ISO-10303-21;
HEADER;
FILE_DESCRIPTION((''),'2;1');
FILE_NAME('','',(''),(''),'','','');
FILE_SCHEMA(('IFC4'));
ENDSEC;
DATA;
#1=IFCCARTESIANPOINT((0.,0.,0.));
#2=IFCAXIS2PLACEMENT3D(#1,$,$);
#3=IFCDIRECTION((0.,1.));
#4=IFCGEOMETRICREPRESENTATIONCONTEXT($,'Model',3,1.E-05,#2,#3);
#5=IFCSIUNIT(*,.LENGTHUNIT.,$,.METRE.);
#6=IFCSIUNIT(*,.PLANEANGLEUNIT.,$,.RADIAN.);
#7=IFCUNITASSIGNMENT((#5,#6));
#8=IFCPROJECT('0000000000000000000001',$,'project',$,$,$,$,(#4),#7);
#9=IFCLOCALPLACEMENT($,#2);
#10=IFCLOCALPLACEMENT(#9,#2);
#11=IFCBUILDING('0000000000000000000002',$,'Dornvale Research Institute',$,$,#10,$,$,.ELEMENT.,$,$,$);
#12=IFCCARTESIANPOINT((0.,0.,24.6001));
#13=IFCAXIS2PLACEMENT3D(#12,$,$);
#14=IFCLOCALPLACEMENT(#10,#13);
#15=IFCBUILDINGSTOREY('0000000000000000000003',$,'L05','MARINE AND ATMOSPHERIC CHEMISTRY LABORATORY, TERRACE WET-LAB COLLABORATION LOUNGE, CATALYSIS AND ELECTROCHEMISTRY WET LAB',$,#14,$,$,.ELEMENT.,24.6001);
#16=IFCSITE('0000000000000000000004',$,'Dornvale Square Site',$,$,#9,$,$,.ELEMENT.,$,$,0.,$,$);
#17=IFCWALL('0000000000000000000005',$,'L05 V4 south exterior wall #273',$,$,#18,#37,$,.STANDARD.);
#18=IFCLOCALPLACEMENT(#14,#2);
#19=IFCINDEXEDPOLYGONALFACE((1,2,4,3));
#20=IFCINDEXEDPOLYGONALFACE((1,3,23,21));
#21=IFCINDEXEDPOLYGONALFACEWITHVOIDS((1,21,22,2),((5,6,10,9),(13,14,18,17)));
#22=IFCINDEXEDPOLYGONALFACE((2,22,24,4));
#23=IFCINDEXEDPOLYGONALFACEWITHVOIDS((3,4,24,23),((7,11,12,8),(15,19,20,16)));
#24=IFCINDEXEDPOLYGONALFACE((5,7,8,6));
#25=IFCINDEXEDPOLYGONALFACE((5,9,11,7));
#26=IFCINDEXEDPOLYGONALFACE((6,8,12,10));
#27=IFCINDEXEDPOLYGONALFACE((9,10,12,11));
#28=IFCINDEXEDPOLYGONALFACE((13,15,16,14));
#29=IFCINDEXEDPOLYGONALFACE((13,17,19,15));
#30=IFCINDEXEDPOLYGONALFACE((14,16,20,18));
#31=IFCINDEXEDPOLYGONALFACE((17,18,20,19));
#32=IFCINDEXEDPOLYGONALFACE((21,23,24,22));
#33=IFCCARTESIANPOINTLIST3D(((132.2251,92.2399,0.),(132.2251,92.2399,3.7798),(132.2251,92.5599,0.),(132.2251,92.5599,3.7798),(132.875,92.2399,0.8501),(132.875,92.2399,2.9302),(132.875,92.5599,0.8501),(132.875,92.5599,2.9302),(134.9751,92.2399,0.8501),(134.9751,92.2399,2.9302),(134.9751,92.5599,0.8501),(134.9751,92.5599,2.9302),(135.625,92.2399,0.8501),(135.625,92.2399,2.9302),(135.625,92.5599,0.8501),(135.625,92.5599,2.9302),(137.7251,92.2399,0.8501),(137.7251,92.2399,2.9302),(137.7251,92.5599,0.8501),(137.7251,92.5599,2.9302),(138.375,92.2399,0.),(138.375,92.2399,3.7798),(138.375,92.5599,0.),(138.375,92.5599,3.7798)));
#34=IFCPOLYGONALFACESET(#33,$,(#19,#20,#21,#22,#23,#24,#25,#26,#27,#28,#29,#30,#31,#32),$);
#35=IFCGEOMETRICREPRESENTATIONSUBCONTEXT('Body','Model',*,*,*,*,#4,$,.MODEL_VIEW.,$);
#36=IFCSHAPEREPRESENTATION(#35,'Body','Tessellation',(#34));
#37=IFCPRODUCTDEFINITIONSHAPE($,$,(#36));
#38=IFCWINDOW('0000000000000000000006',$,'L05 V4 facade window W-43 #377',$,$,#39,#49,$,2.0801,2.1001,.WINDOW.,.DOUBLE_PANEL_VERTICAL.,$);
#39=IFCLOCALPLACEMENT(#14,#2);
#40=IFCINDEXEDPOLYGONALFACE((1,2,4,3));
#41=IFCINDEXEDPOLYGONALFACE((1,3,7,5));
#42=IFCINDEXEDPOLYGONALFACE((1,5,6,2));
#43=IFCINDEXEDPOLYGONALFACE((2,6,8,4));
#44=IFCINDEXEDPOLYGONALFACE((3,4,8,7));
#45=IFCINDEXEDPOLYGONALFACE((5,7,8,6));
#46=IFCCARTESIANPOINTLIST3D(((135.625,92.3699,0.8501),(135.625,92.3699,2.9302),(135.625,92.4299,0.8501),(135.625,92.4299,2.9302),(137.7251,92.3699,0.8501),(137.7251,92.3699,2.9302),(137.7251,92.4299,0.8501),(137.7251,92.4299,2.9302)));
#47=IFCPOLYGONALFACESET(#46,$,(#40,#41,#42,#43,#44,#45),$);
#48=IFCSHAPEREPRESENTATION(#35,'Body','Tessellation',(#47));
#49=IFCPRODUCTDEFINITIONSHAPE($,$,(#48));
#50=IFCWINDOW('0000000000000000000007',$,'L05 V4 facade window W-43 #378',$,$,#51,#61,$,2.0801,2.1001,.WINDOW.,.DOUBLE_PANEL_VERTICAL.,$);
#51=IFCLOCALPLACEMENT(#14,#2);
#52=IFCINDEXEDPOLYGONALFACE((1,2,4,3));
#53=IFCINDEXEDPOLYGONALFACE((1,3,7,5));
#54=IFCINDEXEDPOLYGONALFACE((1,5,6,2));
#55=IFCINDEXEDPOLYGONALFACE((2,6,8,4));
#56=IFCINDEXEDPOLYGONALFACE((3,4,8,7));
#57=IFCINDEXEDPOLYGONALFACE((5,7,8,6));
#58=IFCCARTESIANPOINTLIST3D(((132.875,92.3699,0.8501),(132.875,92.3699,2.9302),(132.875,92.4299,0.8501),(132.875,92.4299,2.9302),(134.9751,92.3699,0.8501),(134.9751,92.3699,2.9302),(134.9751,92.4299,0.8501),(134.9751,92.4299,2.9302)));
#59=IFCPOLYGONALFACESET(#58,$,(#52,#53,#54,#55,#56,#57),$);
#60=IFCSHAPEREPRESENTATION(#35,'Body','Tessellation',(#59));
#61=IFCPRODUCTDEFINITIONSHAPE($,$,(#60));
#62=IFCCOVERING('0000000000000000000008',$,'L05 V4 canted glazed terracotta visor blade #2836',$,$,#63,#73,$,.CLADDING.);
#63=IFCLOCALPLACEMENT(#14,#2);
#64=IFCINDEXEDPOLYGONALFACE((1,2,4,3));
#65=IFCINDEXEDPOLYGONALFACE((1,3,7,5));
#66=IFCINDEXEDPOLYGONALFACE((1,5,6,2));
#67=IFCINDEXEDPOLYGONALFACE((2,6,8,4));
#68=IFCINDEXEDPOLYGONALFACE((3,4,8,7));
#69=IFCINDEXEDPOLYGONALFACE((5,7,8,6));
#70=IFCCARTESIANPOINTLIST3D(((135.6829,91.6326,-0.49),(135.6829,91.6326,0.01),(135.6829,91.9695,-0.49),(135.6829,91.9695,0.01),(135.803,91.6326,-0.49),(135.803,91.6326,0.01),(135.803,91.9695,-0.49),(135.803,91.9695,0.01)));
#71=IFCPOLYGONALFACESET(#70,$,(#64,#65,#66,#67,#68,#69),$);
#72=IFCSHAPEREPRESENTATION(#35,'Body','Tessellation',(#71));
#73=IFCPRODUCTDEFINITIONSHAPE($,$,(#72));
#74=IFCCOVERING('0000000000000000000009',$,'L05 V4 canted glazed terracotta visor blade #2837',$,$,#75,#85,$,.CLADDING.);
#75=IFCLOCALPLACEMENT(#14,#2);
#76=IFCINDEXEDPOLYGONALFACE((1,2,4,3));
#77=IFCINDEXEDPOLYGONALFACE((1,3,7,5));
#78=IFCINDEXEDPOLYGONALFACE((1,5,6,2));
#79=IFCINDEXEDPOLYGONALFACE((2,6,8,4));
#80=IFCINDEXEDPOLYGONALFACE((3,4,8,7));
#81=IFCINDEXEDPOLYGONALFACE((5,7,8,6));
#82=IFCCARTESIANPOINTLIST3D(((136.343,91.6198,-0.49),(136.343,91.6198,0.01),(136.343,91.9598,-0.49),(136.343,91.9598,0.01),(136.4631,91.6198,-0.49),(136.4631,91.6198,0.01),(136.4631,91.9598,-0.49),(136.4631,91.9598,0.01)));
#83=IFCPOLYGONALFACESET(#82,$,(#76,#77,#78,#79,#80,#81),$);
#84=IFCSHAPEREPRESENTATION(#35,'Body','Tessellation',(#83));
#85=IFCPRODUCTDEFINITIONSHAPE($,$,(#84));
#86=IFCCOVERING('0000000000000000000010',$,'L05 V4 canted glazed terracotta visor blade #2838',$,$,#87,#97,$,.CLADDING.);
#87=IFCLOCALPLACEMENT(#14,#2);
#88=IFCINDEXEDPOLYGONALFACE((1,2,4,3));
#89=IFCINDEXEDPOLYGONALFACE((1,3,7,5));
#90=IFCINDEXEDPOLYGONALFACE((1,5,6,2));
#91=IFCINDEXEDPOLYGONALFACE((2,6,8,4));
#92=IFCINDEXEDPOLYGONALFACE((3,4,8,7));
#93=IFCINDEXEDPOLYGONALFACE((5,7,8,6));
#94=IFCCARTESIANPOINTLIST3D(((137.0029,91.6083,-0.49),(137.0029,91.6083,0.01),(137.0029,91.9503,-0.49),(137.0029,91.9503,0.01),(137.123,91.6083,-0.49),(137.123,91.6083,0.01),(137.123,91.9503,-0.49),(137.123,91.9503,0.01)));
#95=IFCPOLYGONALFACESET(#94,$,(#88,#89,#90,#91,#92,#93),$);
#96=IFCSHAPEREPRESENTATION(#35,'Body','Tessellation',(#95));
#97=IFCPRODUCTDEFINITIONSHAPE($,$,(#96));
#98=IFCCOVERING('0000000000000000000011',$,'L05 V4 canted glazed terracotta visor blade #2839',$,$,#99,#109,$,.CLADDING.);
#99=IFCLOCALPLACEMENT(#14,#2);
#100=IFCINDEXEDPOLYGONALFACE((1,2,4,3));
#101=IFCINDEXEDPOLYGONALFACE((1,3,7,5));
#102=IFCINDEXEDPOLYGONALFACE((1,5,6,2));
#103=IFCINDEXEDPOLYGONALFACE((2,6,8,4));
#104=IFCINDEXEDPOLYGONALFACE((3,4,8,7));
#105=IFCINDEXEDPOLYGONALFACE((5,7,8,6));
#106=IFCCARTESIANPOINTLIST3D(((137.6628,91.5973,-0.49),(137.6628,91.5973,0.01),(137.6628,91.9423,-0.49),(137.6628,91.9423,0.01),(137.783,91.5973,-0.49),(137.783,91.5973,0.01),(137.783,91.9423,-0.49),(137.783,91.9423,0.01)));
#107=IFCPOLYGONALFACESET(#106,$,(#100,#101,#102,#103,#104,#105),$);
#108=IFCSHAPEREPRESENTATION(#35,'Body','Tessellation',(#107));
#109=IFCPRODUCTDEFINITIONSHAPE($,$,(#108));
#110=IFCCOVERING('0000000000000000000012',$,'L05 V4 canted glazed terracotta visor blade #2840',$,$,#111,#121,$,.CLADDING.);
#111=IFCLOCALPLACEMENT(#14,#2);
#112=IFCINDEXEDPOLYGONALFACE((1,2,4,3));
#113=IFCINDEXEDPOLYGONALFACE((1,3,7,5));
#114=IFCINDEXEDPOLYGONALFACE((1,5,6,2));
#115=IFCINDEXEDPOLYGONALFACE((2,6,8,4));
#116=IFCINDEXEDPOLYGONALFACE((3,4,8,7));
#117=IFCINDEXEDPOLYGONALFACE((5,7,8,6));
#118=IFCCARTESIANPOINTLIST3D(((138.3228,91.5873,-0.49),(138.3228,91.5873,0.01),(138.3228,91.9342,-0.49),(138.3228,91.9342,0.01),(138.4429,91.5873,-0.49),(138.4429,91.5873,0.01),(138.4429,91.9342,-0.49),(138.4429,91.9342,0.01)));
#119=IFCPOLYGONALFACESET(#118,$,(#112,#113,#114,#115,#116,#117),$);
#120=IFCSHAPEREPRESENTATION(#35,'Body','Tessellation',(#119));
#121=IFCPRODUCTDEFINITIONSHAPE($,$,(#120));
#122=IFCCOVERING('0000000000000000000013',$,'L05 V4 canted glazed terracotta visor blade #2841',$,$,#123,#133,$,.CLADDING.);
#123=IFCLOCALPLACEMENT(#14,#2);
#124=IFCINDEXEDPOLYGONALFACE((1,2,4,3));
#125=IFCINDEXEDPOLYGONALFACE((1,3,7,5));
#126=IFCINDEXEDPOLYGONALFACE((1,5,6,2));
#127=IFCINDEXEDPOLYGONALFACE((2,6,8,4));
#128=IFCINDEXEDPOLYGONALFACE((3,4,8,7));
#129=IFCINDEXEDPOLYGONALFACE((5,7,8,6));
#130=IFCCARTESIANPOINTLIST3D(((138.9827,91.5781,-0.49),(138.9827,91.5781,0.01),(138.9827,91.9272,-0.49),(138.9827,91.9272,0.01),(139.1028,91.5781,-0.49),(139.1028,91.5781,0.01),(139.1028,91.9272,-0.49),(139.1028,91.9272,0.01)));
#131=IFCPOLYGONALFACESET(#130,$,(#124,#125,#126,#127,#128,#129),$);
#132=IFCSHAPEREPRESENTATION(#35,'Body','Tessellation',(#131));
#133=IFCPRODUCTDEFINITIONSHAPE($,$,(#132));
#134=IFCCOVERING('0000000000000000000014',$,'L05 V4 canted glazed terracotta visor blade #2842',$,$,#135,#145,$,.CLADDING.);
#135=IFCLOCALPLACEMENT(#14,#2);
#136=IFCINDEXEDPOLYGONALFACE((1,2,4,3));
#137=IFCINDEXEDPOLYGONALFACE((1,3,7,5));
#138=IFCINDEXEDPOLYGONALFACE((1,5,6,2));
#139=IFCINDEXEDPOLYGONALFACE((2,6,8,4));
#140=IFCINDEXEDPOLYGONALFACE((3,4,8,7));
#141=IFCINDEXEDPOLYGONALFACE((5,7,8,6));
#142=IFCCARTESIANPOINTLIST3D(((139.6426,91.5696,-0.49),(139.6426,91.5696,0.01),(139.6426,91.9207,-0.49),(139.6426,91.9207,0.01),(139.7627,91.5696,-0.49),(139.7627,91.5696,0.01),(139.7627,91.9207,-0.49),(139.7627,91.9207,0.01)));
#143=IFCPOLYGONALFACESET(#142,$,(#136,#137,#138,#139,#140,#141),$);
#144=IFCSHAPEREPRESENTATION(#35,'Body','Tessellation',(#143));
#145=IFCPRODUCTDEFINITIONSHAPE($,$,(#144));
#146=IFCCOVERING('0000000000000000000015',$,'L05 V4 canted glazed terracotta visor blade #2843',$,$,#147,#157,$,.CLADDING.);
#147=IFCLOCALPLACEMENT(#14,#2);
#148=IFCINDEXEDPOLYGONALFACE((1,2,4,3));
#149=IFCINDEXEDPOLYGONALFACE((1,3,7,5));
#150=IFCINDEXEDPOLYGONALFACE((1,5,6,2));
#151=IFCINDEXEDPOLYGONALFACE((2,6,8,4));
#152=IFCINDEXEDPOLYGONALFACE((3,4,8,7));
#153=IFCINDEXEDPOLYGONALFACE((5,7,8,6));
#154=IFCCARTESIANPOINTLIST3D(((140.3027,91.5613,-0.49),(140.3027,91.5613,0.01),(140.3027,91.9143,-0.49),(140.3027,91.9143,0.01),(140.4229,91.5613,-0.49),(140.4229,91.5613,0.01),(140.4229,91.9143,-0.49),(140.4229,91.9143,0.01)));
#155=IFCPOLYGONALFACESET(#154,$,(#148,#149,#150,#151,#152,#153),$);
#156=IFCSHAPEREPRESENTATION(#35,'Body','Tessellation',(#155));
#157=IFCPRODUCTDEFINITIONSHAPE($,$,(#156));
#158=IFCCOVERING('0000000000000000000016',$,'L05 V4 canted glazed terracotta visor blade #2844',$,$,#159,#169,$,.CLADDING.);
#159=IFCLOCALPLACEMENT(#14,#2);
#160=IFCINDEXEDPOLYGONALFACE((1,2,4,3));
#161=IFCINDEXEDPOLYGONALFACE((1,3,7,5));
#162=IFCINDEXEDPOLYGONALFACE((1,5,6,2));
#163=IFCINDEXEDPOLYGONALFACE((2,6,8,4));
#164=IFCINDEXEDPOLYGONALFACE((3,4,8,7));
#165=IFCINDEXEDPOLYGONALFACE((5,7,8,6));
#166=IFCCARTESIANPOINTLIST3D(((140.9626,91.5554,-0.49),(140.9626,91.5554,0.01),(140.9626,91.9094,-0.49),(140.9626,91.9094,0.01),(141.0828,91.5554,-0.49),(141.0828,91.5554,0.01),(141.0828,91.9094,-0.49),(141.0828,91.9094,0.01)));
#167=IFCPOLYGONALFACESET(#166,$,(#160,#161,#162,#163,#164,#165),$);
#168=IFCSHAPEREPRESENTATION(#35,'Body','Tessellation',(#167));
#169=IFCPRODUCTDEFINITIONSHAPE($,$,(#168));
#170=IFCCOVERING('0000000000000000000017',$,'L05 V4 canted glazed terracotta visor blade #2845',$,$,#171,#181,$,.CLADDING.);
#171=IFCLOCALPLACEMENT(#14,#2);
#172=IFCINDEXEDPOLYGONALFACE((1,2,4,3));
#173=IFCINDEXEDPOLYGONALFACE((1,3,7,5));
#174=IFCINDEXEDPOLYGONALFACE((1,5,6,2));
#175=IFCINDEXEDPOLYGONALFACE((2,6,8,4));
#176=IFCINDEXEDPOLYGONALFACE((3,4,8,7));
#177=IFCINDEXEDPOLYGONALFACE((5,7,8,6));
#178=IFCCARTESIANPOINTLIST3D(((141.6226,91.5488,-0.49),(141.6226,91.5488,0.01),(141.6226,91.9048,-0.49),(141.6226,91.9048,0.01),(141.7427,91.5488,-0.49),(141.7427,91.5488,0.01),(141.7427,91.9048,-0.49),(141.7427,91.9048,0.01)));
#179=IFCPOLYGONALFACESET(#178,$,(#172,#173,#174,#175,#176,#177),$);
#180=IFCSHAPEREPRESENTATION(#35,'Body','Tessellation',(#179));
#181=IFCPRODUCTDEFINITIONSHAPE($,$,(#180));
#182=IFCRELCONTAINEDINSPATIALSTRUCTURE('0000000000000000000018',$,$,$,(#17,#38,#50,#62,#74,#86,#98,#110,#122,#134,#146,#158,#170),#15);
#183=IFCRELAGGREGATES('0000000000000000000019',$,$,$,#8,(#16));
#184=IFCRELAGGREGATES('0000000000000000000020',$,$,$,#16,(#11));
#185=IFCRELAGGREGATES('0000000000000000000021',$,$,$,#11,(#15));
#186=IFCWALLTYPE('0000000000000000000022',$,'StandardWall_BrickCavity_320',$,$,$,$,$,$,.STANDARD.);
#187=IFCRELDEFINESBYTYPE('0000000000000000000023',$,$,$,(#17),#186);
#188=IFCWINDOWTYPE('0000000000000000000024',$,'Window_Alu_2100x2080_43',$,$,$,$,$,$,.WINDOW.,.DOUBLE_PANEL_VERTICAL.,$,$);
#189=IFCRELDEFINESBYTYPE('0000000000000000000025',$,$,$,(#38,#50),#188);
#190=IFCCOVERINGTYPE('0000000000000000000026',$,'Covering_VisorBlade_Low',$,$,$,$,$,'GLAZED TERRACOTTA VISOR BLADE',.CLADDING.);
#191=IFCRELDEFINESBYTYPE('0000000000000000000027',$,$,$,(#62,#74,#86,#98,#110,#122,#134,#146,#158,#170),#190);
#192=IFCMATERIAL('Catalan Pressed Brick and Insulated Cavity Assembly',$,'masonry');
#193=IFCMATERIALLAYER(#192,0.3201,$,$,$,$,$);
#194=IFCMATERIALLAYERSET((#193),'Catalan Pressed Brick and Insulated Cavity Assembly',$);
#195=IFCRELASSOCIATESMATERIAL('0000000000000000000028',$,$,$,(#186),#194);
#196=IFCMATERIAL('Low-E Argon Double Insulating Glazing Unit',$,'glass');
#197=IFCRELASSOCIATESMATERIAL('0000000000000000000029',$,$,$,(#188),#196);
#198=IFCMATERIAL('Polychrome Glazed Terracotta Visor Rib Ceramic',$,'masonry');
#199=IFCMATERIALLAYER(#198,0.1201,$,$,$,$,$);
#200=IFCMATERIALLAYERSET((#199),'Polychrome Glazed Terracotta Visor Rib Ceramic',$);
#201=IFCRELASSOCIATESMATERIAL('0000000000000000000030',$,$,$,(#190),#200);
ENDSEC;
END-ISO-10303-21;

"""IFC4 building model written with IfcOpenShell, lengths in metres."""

from ifc_helpers import new_model, si_unit, direction, frame, frame_2d, origin, origin_2d, place, context, subcontext, project, spatial, rectangle, extrude, material, layer, layer_set, type_object, element, fill, save


model = new_model("IFC4")

# Units and contexts
model_context = context("Model", 3, precision=1e-05, world=origin(), true_north=direction((0.0, 1.0)))
body_context = subcontext(model_context, "Body", "Model", "MODEL_VIEW")
ifc_project = project(units=[si_unit("LENGTHUNIT", "METRE"), si_unit("PLANEANGLEUNIT", "RADIAN")], contexts=[model_context])

# Site, building, storey
site_placement = place(None, origin())
site = spatial("IfcSite", under=ifc_project, at=site_placement, Name="Dornvale Square Site", CompositionType="ELEMENT", RefElevation=0.0)
building_placement = place(site_placement, origin())
building = spatial("IfcBuilding", under=site, at=building_placement, Name="Dornvale Research Institute", CompositionType="ELEMENT")
storey_placement = place(building_placement, frame((0.0, 0.0, 24.6001)))
storey = spatial("IfcBuildingStorey", under=building, at=storey_placement, Name="L05", Description="MARINE AND ATMOSPHERIC CHEMISTRY LABORATORY, TERRACE WET-LAB COLLABORATION LOUNGE, CATALYSIS AND ELECTROCHEMISTRY WET LAB", CompositionType="ELEMENT", Elevation=24.6001)

# Wall, openings, windows
ifc_material_1 = material(Name="Catalan Pressed Brick and Insulated Cavity Assembly", Category="masonry")
ifc_layer_1 = layer(ifc_material_1, 0.3201)
ifc_layer_set_1 = layer_set([ifc_layer_1], Name="Catalan Pressed Brick and Insulated Cavity Assembly")
wall_type = type_object("IfcWallType", Name="StandardWall_BrickCavity_320", PredefinedType="STANDARD", material=ifc_layer_set_1)
wall_placement = place(storey_placement, frame((138.375, 92.3999, 0.0), z_axis=(0.0, 0.0, 1.0), x_axis=(-1.0, 0.0, 0.0)))
wall = element("IfcWall", 1, at=wall_placement, inside=storey, type_object=wall_type, Name="L05 V4 south exterior wall #273", PredefinedType="STANDARD", context=body_context, shape_type="SweptSolid", body=[
    extrude(rectangle(XDim=6.1499, YDim=0.3201, at=frame_2d((3.075, 0.0))), origin(), (0.0, 0.0, 1.0), 3.7798),
])
opening_1_placement = place(wall_placement, frame((0.6499, 0.0, 0.8501)))
opening_1 = element("IfcOpeningElement", 2, at=opening_1_placement, cuts=wall, PredefinedType="OPENING", context=body_context, shape_type="SweptSolid", body=[
    extrude(rectangle(XDim=2.1001, YDim=2.0801, at=frame_2d((1.05, 1.04))), frame((0.0, 0.175, 0.0), z_axis=(0.0, -1.0, 0.0), x_axis=(1.0, 0.0, 0.0)), (0.0, 0.0, 1.0), 0.3501),
])
opening_2_placement = place(wall_placement, frame((3.3999, 0.0, 0.8501)))
opening_2 = element("IfcOpeningElement", 3, at=opening_2_placement, cuts=wall, PredefinedType="OPENING", context=body_context, shape_type="SweptSolid", body=[
    extrude(rectangle(XDim=2.1001, YDim=2.0801, at=frame_2d((1.05, 1.04))), frame((0.0, 0.175, 0.0), z_axis=(0.0, -1.0, 0.0), x_axis=(1.0, 0.0, 0.0)), (0.0, 0.0, 1.0), 0.3501),
])
ifc_material_2 = material(Name="Low-E Argon Double Insulating Glazing Unit", Category="glass")
window_type = type_object("IfcWindowType", Name="Window_Alu_2100x2080_43", PartitioningType="DOUBLE_PANEL_VERTICAL", PredefinedType="WINDOW", material=ifc_material_2)
window_1_placement = place(opening_1_placement, origin())
window_1 = element("IfcWindow", 4, at=window_1_placement, inside=storey, type_object=window_type, Name="L05 V4 facade window W-43 #377", OverallHeight=2.0801, OverallWidth=2.1001, PartitioningType="DOUBLE_PANEL_VERTICAL", PredefinedType="WINDOW", context=body_context, shape_type="SweptSolid", body=[
    extrude(rectangle(XDim=2.1001, YDim=2.0801, at=frame_2d((1.05, 1.04))), frame((0.0, 0.03, 0.0), z_axis=(0.0, -1.0, 0.0), x_axis=(1.0, 0.0, 0.0)), (0.0, 0.0, 1.0), 0.0601),
])
fill(opening_1, window_1)
window_2_placement = place(opening_2_placement, origin())
window_2 = element("IfcWindow", 5, at=window_2_placement, inside=storey, type_object=window_type, Name="L05 V4 facade window W-43 #378", OverallHeight=2.0801, OverallWidth=2.1001, PartitioningType="DOUBLE_PANEL_VERTICAL", PredefinedType="WINDOW", context=body_context, shape_type="SweptSolid", body=[
    extrude(rectangle(XDim=2.1001, YDim=2.0801, at=frame_2d((1.05, 1.04))), frame((0.0, 0.03, 0.0), z_axis=(0.0, -1.0, 0.0), x_axis=(1.0, 0.0, 0.0)), (0.0, 0.0, 1.0), 0.0601),
])
fill(opening_2, window_2)

# Coverings
ifc_material_3 = material(Name="Polychrome Glazed Terracotta Visor Rib Ceramic", Category="masonry")
ifc_layer_2 = layer(ifc_material_3, 0.1201)
ifc_layer_set_2 = layer_set([ifc_layer_2], Name="Polychrome Glazed Terracotta Visor Rib Ceramic")
covering_type = type_object("IfcCoveringType", Name="Covering_VisorBlade_Low", ElementType="GLAZED TERRACOTTA VISOR BLADE", PredefinedType="CLADDING", material=ifc_layer_set_2)
covering_1_placement = place(storey_placement, frame((135.7429, 91.801, -0.49), z_axis=(0.0, 0.0, 1.0), x_axis=(0.0, 1.0, 0.0)))
element("IfcCovering", 6, at=covering_1_placement, inside=storey, type_object=covering_type, Name="L05 V4 canted glazed terracotta visor blade #2836", PredefinedType="CLADDING", context=body_context, shape_type="SweptSolid", body=[
    extrude(rectangle(XDim=0.3369, YDim=0.1201, at=origin_2d()), origin(), (0.0, 0.0, 1.0), 0.5),
])
covering_2_placement = place(storey_placement, frame((136.4031, 91.7898, -0.49), z_axis=(0.0, 0.0, 1.0), x_axis=(0.0, 1.0, 0.0)))
element("IfcCovering", 7, at=covering_2_placement, inside=storey, type_object=covering_type, Name="L05 V4 canted glazed terracotta visor blade #2837", PredefinedType="CLADDING", context=body_context, shape_type="SweptSolid", body=[
    extrude(rectangle(XDim=0.3401, YDim=0.1201, at=origin_2d()), origin(), (0.0, 0.0, 1.0), 0.5),
])
covering_3_placement = place(storey_placement, frame((137.063, 91.7793, -0.49), z_axis=(0.0, 0.0, 1.0), x_axis=(0.0, 1.0, 0.0)))
element("IfcCovering", 8, at=covering_3_placement, inside=storey, type_object=covering_type, Name="L05 V4 canted glazed terracotta visor blade #2838", PredefinedType="CLADDING", context=body_context, shape_type="SweptSolid", body=[
    extrude(rectangle(XDim=0.342, YDim=0.1201, at=origin_2d()), origin(), (0.0, 0.0, 1.0), 0.5),
])
covering_4_placement = place(storey_placement, frame((137.7229, 91.7698, -0.49), z_axis=(0.0, 0.0, 1.0), x_axis=(0.0, 1.0, 0.0)))
element("IfcCovering", 9, at=covering_4_placement, inside=storey, type_object=covering_type, Name="L05 V4 canted glazed terracotta visor blade #2839", PredefinedType="CLADDING", context=body_context, shape_type="SweptSolid", body=[
    extrude(rectangle(XDim=0.345, YDim=0.1201, at=origin_2d()), origin(), (0.0, 0.0, 1.0), 0.5),
])
covering_5_placement = place(storey_placement, frame((138.3828, 91.7607, -0.49), z_axis=(0.0, 0.0, 1.0), x_axis=(0.0, 1.0, 0.0)))
element("IfcCovering", 10, at=covering_5_placement, inside=storey, type_object=covering_type, Name="L05 V4 canted glazed terracotta visor blade #2840", PredefinedType="CLADDING", context=body_context, shape_type="SweptSolid", body=[
    extrude(rectangle(XDim=0.3469, YDim=0.1201, at=origin_2d()), origin(), (0.0, 0.0, 1.0), 0.5),
])
covering_6_placement = place(storey_placement, frame((139.0427, 91.7527, -0.49), z_axis=(0.0, 0.0, 1.0), x_axis=(0.0, 1.0, 0.0)))
element("IfcCovering", 11, at=covering_6_placement, inside=storey, type_object=covering_type, Name="L05 V4 canted glazed terracotta visor blade #2841", PredefinedType="CLADDING", context=body_context, shape_type="SweptSolid", body=[
    extrude(rectangle(XDim=0.3491, YDim=0.1201, at=origin_2d()), origin(), (0.0, 0.0, 1.0), 0.5),
])
covering_7_placement = place(storey_placement, frame((139.7026, 91.7451, -0.49), z_axis=(0.0, 0.0, 1.0), x_axis=(0.0, 1.0, 0.0)))
element("IfcCovering", 12, at=covering_7_placement, inside=storey, type_object=covering_type, Name="L05 V4 canted glazed terracotta visor blade #2842", PredefinedType="CLADDING", context=body_context, shape_type="SweptSolid", body=[
    extrude(rectangle(XDim=0.3511, YDim=0.1201, at=origin_2d()), origin(), (0.0, 0.0, 1.0), 0.5),
])
covering_8_placement = place(storey_placement, frame((140.3628, 91.7378, -0.49), z_axis=(0.0, 0.0, 1.0), x_axis=(0.0, 1.0, 0.0)))
element("IfcCovering", 13, at=covering_8_placement, inside=storey, type_object=covering_type, Name="L05 V4 canted glazed terracotta visor blade #2843", PredefinedType="CLADDING", context=body_context, shape_type="SweptSolid", body=[
    extrude(rectangle(XDim=0.353, YDim=0.1201, at=origin_2d()), origin(), (0.0, 0.0, 1.0), 0.5),
])
covering_9_placement = place(storey_placement, frame((141.0227, 91.7324, -0.49), z_axis=(0.0, 0.0, 1.0), x_axis=(0.0, 1.0, 0.0)))
element("IfcCovering", 14, at=covering_9_placement, inside=storey, type_object=covering_type, Name="L05 V4 canted glazed terracotta visor blade #2844", PredefinedType="CLADDING", context=body_context, shape_type="SweptSolid", body=[
    extrude(rectangle(XDim=0.354, YDim=0.1201, at=origin_2d()), origin(), (0.0, 0.0, 1.0), 0.5),
])
covering_10_placement = place(storey_placement, frame((141.6826, 91.7268, -0.49), z_axis=(0.0, 0.0, 1.0), x_axis=(0.0, 1.0, 0.0)))
element("IfcCovering", 15, at=covering_10_placement, inside=storey, type_object=covering_type, Name="L05 V4 canted glazed terracotta visor blade #2845", PredefinedType="CLADDING", context=body_context, shape_type="SweptSolid", body=[
    extrude(rectangle(XDim=0.356, YDim=0.1201, at=origin_2d()), origin(), (0.0, 0.0, 1.0), 0.5),
])

save(model, "model.ifc")
